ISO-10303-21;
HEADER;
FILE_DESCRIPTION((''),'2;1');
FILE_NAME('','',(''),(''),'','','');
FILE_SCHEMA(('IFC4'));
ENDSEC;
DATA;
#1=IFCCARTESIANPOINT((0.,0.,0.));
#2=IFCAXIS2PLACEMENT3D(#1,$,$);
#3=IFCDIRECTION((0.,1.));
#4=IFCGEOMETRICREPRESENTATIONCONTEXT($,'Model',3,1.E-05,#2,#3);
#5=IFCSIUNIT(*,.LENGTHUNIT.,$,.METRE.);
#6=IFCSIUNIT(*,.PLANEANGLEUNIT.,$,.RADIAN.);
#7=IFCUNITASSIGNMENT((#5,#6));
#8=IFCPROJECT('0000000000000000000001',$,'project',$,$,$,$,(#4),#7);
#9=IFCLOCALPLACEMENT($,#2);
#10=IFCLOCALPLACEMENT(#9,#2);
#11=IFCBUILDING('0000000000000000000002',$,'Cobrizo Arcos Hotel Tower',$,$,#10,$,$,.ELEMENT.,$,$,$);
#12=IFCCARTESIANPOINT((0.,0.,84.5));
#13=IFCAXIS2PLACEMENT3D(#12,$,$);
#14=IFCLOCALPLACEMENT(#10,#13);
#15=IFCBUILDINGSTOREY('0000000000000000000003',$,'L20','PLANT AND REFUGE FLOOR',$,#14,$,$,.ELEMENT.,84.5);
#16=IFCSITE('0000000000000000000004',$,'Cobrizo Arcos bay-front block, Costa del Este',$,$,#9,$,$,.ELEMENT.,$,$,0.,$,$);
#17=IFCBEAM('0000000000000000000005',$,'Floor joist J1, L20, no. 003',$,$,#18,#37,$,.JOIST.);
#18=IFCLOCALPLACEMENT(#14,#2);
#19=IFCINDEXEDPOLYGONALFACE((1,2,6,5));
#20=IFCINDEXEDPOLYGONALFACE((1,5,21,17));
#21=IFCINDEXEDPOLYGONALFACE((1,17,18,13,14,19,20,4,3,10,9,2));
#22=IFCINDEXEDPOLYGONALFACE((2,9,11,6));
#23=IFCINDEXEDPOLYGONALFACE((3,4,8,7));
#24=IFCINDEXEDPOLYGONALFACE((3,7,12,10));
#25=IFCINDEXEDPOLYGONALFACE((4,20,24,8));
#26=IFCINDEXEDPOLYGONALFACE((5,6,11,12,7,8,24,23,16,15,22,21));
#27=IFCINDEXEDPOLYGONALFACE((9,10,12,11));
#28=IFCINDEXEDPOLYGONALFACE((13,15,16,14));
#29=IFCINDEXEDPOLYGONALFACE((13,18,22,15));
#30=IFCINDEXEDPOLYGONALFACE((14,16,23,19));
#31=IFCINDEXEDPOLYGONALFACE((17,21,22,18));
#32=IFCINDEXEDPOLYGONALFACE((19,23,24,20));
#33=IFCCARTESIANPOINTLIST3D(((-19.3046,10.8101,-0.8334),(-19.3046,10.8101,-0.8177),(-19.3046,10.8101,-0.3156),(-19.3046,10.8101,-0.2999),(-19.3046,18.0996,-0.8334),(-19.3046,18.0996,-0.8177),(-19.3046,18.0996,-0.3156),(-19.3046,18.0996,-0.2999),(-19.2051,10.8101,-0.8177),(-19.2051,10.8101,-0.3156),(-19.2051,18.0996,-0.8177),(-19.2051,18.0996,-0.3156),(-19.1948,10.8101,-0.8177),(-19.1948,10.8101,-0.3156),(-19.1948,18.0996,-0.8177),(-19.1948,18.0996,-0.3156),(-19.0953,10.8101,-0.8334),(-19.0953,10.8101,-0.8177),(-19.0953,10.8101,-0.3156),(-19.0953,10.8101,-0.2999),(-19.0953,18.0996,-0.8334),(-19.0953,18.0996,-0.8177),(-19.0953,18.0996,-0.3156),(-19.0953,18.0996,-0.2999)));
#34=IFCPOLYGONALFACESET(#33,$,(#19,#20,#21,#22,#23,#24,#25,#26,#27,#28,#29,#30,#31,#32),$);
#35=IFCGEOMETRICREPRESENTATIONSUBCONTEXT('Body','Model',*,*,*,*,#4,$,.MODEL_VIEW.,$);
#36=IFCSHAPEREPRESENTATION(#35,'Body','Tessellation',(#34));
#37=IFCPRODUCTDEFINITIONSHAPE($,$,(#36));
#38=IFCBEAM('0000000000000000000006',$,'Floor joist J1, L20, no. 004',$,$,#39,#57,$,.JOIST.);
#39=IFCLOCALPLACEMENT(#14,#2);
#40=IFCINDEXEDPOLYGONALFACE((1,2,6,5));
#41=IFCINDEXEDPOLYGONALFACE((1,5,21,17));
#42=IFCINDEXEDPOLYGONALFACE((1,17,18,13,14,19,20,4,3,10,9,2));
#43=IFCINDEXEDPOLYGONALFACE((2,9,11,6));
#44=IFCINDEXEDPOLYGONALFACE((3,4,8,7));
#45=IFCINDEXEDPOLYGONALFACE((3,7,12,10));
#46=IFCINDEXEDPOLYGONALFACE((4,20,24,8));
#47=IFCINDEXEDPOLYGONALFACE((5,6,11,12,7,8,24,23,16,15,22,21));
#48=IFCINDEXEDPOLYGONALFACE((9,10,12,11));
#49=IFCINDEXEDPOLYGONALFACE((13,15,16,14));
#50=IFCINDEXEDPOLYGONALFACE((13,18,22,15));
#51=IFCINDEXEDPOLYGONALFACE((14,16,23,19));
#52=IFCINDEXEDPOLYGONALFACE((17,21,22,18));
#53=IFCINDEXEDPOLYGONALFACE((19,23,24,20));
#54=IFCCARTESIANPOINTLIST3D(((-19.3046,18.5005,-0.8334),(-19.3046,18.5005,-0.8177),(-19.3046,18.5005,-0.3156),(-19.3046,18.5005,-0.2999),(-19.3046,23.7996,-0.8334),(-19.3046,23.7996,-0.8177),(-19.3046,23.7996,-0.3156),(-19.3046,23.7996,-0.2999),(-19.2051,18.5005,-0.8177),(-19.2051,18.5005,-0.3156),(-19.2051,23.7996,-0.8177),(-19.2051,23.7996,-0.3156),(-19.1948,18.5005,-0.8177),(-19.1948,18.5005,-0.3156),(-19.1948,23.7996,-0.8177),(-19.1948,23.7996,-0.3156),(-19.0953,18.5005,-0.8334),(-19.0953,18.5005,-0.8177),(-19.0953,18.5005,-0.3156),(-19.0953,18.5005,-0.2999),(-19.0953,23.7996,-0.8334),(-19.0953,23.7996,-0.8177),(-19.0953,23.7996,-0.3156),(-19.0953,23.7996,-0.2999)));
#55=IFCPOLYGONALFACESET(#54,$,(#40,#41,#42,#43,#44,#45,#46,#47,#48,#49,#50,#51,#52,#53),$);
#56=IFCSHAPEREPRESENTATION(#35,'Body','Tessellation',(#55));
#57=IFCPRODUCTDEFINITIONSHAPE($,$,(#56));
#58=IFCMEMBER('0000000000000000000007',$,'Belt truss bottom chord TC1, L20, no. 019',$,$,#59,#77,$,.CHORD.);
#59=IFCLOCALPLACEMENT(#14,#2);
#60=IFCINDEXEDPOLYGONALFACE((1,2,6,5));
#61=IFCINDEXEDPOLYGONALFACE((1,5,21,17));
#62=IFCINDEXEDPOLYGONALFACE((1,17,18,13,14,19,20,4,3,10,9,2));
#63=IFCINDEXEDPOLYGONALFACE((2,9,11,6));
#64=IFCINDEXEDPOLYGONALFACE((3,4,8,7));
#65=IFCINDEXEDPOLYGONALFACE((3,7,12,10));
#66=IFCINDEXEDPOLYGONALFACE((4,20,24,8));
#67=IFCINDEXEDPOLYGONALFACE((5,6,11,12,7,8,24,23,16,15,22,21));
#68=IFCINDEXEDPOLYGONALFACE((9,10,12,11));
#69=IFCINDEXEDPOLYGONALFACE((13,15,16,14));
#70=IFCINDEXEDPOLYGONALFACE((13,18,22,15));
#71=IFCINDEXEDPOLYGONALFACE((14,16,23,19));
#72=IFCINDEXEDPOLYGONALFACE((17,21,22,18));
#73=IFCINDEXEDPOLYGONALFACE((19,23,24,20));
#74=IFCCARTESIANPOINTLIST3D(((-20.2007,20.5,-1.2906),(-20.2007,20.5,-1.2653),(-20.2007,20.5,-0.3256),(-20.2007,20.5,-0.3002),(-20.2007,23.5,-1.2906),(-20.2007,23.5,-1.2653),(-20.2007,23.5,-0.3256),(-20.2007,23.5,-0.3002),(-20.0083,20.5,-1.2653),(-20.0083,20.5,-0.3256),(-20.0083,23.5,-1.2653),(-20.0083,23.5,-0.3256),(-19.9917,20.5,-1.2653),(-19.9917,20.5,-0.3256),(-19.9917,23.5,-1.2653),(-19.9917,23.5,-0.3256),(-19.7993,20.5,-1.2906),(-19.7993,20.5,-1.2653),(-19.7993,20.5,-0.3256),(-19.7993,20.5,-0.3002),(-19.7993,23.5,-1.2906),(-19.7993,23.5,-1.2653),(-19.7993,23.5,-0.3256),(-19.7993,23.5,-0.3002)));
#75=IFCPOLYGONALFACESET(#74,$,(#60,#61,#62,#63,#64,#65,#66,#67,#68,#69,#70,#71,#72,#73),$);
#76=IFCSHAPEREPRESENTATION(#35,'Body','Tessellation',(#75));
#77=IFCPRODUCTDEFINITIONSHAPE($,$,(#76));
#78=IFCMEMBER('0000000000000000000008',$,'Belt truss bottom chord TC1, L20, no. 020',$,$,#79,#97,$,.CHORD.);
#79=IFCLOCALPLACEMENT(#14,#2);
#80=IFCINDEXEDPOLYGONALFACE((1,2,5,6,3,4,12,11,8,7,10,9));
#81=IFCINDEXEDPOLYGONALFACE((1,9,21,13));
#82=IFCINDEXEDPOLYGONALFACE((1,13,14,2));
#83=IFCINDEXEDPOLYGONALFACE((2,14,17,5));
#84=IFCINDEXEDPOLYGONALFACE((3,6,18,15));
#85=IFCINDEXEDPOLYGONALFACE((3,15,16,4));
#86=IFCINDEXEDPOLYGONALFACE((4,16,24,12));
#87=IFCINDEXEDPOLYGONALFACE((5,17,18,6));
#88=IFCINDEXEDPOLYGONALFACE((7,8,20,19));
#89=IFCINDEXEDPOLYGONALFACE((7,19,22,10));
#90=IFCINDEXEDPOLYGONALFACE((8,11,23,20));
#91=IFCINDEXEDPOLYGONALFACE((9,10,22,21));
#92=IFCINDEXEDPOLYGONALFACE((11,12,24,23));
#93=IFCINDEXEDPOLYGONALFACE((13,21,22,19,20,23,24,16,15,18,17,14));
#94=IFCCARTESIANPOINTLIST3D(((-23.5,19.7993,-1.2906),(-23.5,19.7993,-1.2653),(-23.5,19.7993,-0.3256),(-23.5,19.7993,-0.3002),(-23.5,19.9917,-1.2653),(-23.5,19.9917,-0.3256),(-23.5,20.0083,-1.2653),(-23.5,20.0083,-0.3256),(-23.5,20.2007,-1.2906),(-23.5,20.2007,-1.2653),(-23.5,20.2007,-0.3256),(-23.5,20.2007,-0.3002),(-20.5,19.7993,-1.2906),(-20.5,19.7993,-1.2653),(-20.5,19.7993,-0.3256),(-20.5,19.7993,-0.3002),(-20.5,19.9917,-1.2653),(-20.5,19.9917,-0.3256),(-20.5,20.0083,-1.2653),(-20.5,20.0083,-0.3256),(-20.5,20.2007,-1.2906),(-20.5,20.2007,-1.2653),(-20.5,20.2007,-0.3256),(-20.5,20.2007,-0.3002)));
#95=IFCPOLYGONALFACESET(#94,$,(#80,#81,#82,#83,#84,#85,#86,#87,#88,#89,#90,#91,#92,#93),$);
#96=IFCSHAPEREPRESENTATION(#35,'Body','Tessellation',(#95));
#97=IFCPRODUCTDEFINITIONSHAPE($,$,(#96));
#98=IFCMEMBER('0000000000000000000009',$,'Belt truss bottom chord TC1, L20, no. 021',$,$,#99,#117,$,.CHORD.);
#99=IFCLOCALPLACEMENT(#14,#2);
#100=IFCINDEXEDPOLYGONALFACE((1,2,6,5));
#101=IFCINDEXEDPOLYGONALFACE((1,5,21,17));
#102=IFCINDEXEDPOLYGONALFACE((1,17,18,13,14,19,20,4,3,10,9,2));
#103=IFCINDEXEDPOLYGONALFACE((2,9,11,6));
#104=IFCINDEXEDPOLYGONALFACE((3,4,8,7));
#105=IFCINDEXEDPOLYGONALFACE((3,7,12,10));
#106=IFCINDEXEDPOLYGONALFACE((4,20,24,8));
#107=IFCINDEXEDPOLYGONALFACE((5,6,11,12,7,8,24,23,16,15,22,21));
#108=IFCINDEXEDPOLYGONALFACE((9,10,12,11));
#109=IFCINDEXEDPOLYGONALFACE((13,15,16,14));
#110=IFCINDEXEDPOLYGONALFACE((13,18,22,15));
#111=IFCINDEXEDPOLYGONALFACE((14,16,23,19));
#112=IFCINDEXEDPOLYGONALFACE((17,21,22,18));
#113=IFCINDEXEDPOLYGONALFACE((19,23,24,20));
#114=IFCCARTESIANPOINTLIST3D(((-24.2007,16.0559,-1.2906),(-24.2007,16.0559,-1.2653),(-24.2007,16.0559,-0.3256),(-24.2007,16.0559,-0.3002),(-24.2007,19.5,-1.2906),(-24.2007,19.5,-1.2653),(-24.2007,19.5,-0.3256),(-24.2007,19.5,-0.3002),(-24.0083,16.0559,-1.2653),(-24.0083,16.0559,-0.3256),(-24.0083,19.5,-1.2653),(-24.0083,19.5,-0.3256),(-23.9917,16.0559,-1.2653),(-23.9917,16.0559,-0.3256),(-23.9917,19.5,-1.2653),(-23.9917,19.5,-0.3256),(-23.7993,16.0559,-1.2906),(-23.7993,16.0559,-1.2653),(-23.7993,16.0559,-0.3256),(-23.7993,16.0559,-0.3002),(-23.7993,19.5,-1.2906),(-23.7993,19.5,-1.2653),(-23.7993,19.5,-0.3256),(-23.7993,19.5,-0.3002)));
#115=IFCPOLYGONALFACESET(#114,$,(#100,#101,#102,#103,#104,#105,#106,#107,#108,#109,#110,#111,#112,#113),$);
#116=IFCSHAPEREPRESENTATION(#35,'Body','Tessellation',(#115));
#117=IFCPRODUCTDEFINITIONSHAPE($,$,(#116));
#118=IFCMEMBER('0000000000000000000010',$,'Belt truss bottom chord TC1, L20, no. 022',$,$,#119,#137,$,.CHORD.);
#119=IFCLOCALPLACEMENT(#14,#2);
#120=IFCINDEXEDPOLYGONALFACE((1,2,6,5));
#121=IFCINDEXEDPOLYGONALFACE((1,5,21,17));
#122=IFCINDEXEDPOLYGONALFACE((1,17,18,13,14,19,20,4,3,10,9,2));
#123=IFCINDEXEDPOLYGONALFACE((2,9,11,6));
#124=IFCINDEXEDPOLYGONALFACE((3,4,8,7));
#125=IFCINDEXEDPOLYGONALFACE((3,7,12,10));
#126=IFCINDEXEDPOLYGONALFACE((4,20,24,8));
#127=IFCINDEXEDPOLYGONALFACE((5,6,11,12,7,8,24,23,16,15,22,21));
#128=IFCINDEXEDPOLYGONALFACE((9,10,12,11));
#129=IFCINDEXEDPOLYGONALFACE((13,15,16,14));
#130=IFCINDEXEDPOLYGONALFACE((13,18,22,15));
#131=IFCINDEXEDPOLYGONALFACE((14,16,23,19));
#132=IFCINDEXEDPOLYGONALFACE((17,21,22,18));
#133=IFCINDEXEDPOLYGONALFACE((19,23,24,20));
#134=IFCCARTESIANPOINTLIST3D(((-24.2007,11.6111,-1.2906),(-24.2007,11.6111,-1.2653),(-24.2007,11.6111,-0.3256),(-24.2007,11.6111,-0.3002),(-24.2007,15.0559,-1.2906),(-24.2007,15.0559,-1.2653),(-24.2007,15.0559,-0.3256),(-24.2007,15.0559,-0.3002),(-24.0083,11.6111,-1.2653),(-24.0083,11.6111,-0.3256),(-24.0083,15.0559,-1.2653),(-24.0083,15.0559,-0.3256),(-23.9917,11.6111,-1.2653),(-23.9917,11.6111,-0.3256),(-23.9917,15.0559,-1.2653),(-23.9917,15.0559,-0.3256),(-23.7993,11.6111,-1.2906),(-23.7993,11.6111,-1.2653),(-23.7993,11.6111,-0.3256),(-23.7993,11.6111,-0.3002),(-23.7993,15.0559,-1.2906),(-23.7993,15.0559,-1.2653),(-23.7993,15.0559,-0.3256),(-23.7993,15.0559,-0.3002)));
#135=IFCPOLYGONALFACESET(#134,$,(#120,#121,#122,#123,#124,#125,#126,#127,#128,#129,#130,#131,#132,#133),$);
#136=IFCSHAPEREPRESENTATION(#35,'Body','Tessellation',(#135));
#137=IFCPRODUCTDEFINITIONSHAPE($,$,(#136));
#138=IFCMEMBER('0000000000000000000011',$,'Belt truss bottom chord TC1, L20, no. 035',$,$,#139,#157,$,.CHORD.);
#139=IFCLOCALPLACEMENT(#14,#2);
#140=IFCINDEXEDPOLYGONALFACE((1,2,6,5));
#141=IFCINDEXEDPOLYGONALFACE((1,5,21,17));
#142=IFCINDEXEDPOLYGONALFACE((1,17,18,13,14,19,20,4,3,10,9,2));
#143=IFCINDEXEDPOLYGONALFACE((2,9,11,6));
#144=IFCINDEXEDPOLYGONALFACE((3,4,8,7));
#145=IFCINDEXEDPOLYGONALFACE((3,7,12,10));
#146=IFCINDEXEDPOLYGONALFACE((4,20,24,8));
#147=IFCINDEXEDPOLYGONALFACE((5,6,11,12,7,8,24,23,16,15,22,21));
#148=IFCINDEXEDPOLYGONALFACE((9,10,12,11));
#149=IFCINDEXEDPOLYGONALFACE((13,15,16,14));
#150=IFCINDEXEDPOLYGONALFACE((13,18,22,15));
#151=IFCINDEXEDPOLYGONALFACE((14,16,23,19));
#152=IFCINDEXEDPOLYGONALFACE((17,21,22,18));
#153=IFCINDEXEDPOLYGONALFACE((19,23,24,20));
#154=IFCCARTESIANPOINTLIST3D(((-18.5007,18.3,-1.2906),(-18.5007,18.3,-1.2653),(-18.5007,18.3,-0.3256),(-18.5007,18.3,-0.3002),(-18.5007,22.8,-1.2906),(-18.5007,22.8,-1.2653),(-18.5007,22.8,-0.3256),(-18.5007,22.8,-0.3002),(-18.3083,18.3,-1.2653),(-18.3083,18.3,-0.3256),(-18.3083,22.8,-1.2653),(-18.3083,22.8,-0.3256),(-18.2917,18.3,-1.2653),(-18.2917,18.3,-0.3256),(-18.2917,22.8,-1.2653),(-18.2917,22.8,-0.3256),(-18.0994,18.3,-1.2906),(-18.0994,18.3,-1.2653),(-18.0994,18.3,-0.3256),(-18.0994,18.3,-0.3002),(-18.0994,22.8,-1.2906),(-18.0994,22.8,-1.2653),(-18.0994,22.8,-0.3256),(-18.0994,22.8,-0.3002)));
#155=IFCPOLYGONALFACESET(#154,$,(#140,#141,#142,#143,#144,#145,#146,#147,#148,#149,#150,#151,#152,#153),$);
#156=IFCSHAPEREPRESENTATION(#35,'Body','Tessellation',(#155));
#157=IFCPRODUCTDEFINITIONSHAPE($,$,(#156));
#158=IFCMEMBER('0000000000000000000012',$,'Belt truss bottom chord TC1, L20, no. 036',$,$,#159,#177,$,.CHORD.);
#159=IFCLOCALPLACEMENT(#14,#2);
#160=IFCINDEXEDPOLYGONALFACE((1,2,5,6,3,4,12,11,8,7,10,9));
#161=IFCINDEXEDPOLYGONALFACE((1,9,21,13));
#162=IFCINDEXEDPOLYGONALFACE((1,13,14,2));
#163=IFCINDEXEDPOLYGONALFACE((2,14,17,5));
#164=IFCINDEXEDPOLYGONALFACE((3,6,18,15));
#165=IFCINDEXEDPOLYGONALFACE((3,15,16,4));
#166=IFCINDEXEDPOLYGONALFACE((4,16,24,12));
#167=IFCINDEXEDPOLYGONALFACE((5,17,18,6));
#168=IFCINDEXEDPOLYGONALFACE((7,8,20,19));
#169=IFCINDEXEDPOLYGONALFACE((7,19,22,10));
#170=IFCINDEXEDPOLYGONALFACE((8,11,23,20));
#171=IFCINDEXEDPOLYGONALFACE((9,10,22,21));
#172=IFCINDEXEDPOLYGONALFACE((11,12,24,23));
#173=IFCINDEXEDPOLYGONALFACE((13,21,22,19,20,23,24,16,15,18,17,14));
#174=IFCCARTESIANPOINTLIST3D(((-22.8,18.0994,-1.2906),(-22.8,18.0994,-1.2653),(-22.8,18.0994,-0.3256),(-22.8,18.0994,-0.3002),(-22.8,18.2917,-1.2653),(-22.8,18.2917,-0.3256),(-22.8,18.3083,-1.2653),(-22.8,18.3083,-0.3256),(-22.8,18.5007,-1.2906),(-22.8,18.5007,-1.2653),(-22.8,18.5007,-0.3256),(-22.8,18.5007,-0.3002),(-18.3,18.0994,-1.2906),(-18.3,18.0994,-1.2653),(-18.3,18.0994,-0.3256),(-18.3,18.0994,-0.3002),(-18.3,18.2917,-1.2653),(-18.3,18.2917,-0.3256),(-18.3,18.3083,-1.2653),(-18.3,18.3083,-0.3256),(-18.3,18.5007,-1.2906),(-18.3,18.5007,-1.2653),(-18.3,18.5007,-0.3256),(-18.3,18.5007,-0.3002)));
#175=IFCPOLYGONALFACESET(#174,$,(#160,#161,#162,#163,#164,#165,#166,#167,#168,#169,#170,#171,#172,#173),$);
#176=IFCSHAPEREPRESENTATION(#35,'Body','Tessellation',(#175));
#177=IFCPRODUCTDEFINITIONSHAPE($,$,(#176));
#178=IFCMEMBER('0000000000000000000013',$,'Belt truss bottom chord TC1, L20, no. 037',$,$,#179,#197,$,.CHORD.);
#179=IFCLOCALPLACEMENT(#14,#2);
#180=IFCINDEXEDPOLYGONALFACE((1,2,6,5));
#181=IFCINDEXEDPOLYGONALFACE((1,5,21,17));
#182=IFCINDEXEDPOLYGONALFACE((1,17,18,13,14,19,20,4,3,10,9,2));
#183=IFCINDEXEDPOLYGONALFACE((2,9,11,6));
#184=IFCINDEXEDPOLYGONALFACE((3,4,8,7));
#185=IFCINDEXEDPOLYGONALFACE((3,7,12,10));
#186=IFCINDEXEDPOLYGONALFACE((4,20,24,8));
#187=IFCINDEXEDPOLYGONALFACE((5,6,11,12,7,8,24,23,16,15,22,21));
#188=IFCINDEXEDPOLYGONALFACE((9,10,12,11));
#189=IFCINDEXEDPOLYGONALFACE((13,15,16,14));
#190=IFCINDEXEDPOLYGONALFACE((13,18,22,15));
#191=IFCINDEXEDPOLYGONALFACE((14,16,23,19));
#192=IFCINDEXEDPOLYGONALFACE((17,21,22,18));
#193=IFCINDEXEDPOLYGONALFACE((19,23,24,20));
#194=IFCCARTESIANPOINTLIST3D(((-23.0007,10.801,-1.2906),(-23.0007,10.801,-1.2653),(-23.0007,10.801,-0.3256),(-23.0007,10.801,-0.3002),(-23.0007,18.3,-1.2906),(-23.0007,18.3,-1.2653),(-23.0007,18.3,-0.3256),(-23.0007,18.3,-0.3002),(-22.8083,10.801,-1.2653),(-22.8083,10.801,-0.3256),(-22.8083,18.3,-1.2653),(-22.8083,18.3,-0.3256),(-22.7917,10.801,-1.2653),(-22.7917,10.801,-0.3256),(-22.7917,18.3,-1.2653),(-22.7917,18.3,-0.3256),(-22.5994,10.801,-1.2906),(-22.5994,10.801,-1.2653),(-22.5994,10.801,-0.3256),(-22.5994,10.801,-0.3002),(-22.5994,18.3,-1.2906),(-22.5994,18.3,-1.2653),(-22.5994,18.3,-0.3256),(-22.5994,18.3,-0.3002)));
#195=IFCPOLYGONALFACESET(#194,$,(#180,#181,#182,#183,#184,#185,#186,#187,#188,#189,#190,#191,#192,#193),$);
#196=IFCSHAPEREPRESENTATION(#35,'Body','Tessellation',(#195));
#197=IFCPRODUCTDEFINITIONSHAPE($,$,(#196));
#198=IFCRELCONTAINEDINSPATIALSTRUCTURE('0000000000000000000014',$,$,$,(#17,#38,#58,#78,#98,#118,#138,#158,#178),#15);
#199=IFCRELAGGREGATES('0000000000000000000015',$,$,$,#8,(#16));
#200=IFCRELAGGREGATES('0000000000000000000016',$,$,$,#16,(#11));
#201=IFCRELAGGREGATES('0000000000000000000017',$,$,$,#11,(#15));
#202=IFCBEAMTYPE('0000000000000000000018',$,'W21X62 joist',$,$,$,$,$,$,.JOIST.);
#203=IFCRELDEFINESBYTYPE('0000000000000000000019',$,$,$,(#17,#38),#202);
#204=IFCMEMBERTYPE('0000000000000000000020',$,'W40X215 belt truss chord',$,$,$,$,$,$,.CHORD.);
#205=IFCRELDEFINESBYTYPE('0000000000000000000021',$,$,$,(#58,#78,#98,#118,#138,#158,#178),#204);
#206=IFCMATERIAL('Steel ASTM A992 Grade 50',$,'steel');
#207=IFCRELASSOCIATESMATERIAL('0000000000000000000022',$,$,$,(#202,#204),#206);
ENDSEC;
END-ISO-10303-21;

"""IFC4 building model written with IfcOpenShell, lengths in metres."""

from ifc_helpers import new_model, si_unit, direction, frame, origin, origin_2d, place, context, subcontext, project, spatial, i_section, extrude, material, material_profile, profile_set, type_object, element, save


model = new_model("IFC4")

# Units and contexts
model_context = context("Model", 3, precision=1e-05, world=origin(), true_north=direction((0.0, 1.0)))
body_context = subcontext(model_context, "Body", "Model", "MODEL_VIEW")
ifc_project = project(units=[si_unit("LENGTHUNIT", "METRE"), si_unit("PLANEANGLEUNIT", "RADIAN")], contexts=[model_context])

# Site, building, storey
site_placement = place(None, origin())
site = spatial("IfcSite", under=ifc_project, at=site_placement, Name="Cobrizo Arcos bay-front block, Costa del Este", CompositionType="ELEMENT", RefElevation=0.0)
building_placement = place(site_placement, origin())
building = spatial("IfcBuilding", under=site, at=building_placement, Name="Cobrizo Arcos Hotel Tower", CompositionType="ELEMENT")
storey_placement = place(building_placement, frame((0.0, 0.0, 84.5)))
storey = spatial("IfcBuildingStorey", under=building, at=storey_placement, Name="L20", Description="PLANT AND REFUGE FLOOR", CompositionType="ELEMENT", Elevation=84.5)

# Beams
ifc_material_1 = material(Name="Steel ASTM A992 Grade 50", Category="steel")
ifc_material_profile_1 = material_profile(ifc_material_1, i_section(OverallWidth=0.2092, OverallDepth=0.5334, WebThickness=0.0103, FlangeThickness=0.0156, at=origin_2d()), Name="W21X62")
ifc_profile_set_1 = profile_set([ifc_material_profile_1], Name="Steel ASTM A992 Grade 50")
beam_type = type_object("IfcBeamType", Name="W21X62 joist", PredefinedType="JOIST", material=ifc_profile_set_1)
beam_1_placement = place(storey_placement, frame((-19.2, 10.8101, -0.5667), z_axis=(0.0, 1.0, 0.0), x_axis=(-1.0, 0.0, 0.0)))
element("IfcBeam", 1, at=beam_1_placement, inside=storey, type_object=beam_type, Name="Floor joist J1, L20, no. 003", PredefinedType="JOIST", context=body_context, shape_type="SweptSolid", body=[
    extrude(i_section(OverallWidth=0.2092, OverallDepth=0.5334, WebThickness=0.0103, FlangeThickness=0.0156, at=origin_2d()), origin(), (0.0, 0.0, 1.0), 7.2896),
])
beam_2_placement = place(storey_placement, frame((-19.2, 18.5005, -0.5667), z_axis=(0.0, 1.0, 0.0), x_axis=(-1.0, 0.0, 0.0)))
element("IfcBeam", 2, at=beam_2_placement, inside=storey, type_object=beam_type, Name="Floor joist J1, L20, no. 004", PredefinedType="JOIST", context=body_context, shape_type="SweptSolid", body=[
    extrude(i_section(OverallWidth=0.2092, OverallDepth=0.5334, WebThickness=0.0103, FlangeThickness=0.0156, at=origin_2d()), origin(), (0.0, 0.0, 1.0), 5.2991),
])

# Members
ifc_material_profile_2 = material_profile(ifc_material_1, i_section(OverallWidth=0.4014, OverallDepth=0.9905, WebThickness=0.0166, FlangeThickness=0.0254, at=origin_2d()), Name="W40X215")
ifc_profile_set_2 = profile_set([ifc_material_profile_2], Name="Steel ASTM A992 Grade 50")
member_type = type_object("IfcMemberType", Name="W40X215 belt truss chord", PredefinedType="CHORD", material=ifc_profile_set_2)
for number, where, z_axis, x_axis, name in (
    (3, (-20.0, 23.5, -0.7954), (0.0, -1.0, 0.0), (1.0, 0.0, 0.0), "Belt truss bottom chord TC1, L20, no. 019"),
    (4, (-20.5, 20.0, -0.7954), (-1.0, 0.0, 0.0), (0.0, -1.0, 0.0), "Belt truss bottom chord TC1, L20, no. 020"),
):
    element("IfcMember", number, at=place(storey_placement, frame(where, z_axis=z_axis, x_axis=x_axis)), inside=storey, type_object=member_type, Name=name, PredefinedType="CHORD", context=body_context, shape_type="SweptSolid", body=[
        extrude(i_section(OverallWidth=0.4014, OverallDepth=0.9905, WebThickness=0.0166, FlangeThickness=0.0254, at=origin_2d()), origin(), (0.0, 0.0, 1.0), 3.0),
    ])
member_1_placement = place(storey_placement, frame((-24.0, 19.5, -0.7954), z_axis=(0.0, -1.0, 0.0), x_axis=(1.0, 0.0, 0.0)))
element("IfcMember", 5, at=member_1_placement, inside=storey, type_object=member_type, Name="Belt truss bottom chord TC1, L20, no. 021", PredefinedType="CHORD", context=body_context, shape_type="SweptSolid", body=[
    extrude(i_section(OverallWidth=0.4014, OverallDepth=0.9905, WebThickness=0.0166, FlangeThickness=0.0254, at=origin_2d()), origin(), (0.0, 0.0, 1.0), 3.4441),
])
member_2_placement = place(storey_placement, frame((-24.0, 15.0559, -0.7954), z_axis=(0.0, -1.0, 0.0), x_axis=(1.0, 0.0, 0.0)))
element("IfcMember", 6, at=member_2_placement, inside=storey, type_object=member_type, Name="Belt truss bottom chord TC1, L20, no. 022", PredefinedType="CHORD", context=body_context, shape_type="SweptSolid", body=[
    extrude(i_section(OverallWidth=0.4014, OverallDepth=0.9905, WebThickness=0.0166, FlangeThickness=0.0254, at=origin_2d()), origin(), (0.0, 0.0, 1.0), 3.4448),
])
for number, where, z_axis, x_axis, name in (
    (7, (-18.3, 22.8, -0.7954), (0.0, -1.0, 0.0), (1.0, 0.0, 0.0), "Belt truss bottom chord TC1, L20, no. 035"),
    (8, (-18.3, 18.3, -0.7954), (-1.0, 0.0, 0.0), (0.0, -1.0, 0.0), "Belt truss bottom chord TC1, L20, no. 036"),
):
    element("IfcMember", number, at=place(storey_placement, frame(where, z_axis=z_axis, x_axis=x_axis)), inside=storey, type_object=member_type, Name=name, PredefinedType="CHORD", context=body_context, shape_type="SweptSolid", body=[
        extrude(i_section(OverallWidth=0.4014, OverallDepth=0.9905, WebThickness=0.0166, FlangeThickness=0.0254, at=origin_2d()), origin(), (0.0, 0.0, 1.0), 4.5),
    ])
member_3_placement = place(storey_placement, frame((-22.8, 18.3, -0.7954), z_axis=(0.0, -1.0, 0.0), x_axis=(1.0, 0.0, 0.0)))
element("IfcMember", 9, at=member_3_placement, inside=storey, type_object=member_type, Name="Belt truss bottom chord TC1, L20, no. 037", PredefinedType="CHORD", context=body_context, shape_type="SweptSolid", body=[
    extrude(i_section(OverallWidth=0.4014, OverallDepth=0.9905, WebThickness=0.0166, FlangeThickness=0.0254, at=origin_2d()), origin(), (0.0, 0.0, 1.0), 7.499),
])

save(model, "model.ifc")
